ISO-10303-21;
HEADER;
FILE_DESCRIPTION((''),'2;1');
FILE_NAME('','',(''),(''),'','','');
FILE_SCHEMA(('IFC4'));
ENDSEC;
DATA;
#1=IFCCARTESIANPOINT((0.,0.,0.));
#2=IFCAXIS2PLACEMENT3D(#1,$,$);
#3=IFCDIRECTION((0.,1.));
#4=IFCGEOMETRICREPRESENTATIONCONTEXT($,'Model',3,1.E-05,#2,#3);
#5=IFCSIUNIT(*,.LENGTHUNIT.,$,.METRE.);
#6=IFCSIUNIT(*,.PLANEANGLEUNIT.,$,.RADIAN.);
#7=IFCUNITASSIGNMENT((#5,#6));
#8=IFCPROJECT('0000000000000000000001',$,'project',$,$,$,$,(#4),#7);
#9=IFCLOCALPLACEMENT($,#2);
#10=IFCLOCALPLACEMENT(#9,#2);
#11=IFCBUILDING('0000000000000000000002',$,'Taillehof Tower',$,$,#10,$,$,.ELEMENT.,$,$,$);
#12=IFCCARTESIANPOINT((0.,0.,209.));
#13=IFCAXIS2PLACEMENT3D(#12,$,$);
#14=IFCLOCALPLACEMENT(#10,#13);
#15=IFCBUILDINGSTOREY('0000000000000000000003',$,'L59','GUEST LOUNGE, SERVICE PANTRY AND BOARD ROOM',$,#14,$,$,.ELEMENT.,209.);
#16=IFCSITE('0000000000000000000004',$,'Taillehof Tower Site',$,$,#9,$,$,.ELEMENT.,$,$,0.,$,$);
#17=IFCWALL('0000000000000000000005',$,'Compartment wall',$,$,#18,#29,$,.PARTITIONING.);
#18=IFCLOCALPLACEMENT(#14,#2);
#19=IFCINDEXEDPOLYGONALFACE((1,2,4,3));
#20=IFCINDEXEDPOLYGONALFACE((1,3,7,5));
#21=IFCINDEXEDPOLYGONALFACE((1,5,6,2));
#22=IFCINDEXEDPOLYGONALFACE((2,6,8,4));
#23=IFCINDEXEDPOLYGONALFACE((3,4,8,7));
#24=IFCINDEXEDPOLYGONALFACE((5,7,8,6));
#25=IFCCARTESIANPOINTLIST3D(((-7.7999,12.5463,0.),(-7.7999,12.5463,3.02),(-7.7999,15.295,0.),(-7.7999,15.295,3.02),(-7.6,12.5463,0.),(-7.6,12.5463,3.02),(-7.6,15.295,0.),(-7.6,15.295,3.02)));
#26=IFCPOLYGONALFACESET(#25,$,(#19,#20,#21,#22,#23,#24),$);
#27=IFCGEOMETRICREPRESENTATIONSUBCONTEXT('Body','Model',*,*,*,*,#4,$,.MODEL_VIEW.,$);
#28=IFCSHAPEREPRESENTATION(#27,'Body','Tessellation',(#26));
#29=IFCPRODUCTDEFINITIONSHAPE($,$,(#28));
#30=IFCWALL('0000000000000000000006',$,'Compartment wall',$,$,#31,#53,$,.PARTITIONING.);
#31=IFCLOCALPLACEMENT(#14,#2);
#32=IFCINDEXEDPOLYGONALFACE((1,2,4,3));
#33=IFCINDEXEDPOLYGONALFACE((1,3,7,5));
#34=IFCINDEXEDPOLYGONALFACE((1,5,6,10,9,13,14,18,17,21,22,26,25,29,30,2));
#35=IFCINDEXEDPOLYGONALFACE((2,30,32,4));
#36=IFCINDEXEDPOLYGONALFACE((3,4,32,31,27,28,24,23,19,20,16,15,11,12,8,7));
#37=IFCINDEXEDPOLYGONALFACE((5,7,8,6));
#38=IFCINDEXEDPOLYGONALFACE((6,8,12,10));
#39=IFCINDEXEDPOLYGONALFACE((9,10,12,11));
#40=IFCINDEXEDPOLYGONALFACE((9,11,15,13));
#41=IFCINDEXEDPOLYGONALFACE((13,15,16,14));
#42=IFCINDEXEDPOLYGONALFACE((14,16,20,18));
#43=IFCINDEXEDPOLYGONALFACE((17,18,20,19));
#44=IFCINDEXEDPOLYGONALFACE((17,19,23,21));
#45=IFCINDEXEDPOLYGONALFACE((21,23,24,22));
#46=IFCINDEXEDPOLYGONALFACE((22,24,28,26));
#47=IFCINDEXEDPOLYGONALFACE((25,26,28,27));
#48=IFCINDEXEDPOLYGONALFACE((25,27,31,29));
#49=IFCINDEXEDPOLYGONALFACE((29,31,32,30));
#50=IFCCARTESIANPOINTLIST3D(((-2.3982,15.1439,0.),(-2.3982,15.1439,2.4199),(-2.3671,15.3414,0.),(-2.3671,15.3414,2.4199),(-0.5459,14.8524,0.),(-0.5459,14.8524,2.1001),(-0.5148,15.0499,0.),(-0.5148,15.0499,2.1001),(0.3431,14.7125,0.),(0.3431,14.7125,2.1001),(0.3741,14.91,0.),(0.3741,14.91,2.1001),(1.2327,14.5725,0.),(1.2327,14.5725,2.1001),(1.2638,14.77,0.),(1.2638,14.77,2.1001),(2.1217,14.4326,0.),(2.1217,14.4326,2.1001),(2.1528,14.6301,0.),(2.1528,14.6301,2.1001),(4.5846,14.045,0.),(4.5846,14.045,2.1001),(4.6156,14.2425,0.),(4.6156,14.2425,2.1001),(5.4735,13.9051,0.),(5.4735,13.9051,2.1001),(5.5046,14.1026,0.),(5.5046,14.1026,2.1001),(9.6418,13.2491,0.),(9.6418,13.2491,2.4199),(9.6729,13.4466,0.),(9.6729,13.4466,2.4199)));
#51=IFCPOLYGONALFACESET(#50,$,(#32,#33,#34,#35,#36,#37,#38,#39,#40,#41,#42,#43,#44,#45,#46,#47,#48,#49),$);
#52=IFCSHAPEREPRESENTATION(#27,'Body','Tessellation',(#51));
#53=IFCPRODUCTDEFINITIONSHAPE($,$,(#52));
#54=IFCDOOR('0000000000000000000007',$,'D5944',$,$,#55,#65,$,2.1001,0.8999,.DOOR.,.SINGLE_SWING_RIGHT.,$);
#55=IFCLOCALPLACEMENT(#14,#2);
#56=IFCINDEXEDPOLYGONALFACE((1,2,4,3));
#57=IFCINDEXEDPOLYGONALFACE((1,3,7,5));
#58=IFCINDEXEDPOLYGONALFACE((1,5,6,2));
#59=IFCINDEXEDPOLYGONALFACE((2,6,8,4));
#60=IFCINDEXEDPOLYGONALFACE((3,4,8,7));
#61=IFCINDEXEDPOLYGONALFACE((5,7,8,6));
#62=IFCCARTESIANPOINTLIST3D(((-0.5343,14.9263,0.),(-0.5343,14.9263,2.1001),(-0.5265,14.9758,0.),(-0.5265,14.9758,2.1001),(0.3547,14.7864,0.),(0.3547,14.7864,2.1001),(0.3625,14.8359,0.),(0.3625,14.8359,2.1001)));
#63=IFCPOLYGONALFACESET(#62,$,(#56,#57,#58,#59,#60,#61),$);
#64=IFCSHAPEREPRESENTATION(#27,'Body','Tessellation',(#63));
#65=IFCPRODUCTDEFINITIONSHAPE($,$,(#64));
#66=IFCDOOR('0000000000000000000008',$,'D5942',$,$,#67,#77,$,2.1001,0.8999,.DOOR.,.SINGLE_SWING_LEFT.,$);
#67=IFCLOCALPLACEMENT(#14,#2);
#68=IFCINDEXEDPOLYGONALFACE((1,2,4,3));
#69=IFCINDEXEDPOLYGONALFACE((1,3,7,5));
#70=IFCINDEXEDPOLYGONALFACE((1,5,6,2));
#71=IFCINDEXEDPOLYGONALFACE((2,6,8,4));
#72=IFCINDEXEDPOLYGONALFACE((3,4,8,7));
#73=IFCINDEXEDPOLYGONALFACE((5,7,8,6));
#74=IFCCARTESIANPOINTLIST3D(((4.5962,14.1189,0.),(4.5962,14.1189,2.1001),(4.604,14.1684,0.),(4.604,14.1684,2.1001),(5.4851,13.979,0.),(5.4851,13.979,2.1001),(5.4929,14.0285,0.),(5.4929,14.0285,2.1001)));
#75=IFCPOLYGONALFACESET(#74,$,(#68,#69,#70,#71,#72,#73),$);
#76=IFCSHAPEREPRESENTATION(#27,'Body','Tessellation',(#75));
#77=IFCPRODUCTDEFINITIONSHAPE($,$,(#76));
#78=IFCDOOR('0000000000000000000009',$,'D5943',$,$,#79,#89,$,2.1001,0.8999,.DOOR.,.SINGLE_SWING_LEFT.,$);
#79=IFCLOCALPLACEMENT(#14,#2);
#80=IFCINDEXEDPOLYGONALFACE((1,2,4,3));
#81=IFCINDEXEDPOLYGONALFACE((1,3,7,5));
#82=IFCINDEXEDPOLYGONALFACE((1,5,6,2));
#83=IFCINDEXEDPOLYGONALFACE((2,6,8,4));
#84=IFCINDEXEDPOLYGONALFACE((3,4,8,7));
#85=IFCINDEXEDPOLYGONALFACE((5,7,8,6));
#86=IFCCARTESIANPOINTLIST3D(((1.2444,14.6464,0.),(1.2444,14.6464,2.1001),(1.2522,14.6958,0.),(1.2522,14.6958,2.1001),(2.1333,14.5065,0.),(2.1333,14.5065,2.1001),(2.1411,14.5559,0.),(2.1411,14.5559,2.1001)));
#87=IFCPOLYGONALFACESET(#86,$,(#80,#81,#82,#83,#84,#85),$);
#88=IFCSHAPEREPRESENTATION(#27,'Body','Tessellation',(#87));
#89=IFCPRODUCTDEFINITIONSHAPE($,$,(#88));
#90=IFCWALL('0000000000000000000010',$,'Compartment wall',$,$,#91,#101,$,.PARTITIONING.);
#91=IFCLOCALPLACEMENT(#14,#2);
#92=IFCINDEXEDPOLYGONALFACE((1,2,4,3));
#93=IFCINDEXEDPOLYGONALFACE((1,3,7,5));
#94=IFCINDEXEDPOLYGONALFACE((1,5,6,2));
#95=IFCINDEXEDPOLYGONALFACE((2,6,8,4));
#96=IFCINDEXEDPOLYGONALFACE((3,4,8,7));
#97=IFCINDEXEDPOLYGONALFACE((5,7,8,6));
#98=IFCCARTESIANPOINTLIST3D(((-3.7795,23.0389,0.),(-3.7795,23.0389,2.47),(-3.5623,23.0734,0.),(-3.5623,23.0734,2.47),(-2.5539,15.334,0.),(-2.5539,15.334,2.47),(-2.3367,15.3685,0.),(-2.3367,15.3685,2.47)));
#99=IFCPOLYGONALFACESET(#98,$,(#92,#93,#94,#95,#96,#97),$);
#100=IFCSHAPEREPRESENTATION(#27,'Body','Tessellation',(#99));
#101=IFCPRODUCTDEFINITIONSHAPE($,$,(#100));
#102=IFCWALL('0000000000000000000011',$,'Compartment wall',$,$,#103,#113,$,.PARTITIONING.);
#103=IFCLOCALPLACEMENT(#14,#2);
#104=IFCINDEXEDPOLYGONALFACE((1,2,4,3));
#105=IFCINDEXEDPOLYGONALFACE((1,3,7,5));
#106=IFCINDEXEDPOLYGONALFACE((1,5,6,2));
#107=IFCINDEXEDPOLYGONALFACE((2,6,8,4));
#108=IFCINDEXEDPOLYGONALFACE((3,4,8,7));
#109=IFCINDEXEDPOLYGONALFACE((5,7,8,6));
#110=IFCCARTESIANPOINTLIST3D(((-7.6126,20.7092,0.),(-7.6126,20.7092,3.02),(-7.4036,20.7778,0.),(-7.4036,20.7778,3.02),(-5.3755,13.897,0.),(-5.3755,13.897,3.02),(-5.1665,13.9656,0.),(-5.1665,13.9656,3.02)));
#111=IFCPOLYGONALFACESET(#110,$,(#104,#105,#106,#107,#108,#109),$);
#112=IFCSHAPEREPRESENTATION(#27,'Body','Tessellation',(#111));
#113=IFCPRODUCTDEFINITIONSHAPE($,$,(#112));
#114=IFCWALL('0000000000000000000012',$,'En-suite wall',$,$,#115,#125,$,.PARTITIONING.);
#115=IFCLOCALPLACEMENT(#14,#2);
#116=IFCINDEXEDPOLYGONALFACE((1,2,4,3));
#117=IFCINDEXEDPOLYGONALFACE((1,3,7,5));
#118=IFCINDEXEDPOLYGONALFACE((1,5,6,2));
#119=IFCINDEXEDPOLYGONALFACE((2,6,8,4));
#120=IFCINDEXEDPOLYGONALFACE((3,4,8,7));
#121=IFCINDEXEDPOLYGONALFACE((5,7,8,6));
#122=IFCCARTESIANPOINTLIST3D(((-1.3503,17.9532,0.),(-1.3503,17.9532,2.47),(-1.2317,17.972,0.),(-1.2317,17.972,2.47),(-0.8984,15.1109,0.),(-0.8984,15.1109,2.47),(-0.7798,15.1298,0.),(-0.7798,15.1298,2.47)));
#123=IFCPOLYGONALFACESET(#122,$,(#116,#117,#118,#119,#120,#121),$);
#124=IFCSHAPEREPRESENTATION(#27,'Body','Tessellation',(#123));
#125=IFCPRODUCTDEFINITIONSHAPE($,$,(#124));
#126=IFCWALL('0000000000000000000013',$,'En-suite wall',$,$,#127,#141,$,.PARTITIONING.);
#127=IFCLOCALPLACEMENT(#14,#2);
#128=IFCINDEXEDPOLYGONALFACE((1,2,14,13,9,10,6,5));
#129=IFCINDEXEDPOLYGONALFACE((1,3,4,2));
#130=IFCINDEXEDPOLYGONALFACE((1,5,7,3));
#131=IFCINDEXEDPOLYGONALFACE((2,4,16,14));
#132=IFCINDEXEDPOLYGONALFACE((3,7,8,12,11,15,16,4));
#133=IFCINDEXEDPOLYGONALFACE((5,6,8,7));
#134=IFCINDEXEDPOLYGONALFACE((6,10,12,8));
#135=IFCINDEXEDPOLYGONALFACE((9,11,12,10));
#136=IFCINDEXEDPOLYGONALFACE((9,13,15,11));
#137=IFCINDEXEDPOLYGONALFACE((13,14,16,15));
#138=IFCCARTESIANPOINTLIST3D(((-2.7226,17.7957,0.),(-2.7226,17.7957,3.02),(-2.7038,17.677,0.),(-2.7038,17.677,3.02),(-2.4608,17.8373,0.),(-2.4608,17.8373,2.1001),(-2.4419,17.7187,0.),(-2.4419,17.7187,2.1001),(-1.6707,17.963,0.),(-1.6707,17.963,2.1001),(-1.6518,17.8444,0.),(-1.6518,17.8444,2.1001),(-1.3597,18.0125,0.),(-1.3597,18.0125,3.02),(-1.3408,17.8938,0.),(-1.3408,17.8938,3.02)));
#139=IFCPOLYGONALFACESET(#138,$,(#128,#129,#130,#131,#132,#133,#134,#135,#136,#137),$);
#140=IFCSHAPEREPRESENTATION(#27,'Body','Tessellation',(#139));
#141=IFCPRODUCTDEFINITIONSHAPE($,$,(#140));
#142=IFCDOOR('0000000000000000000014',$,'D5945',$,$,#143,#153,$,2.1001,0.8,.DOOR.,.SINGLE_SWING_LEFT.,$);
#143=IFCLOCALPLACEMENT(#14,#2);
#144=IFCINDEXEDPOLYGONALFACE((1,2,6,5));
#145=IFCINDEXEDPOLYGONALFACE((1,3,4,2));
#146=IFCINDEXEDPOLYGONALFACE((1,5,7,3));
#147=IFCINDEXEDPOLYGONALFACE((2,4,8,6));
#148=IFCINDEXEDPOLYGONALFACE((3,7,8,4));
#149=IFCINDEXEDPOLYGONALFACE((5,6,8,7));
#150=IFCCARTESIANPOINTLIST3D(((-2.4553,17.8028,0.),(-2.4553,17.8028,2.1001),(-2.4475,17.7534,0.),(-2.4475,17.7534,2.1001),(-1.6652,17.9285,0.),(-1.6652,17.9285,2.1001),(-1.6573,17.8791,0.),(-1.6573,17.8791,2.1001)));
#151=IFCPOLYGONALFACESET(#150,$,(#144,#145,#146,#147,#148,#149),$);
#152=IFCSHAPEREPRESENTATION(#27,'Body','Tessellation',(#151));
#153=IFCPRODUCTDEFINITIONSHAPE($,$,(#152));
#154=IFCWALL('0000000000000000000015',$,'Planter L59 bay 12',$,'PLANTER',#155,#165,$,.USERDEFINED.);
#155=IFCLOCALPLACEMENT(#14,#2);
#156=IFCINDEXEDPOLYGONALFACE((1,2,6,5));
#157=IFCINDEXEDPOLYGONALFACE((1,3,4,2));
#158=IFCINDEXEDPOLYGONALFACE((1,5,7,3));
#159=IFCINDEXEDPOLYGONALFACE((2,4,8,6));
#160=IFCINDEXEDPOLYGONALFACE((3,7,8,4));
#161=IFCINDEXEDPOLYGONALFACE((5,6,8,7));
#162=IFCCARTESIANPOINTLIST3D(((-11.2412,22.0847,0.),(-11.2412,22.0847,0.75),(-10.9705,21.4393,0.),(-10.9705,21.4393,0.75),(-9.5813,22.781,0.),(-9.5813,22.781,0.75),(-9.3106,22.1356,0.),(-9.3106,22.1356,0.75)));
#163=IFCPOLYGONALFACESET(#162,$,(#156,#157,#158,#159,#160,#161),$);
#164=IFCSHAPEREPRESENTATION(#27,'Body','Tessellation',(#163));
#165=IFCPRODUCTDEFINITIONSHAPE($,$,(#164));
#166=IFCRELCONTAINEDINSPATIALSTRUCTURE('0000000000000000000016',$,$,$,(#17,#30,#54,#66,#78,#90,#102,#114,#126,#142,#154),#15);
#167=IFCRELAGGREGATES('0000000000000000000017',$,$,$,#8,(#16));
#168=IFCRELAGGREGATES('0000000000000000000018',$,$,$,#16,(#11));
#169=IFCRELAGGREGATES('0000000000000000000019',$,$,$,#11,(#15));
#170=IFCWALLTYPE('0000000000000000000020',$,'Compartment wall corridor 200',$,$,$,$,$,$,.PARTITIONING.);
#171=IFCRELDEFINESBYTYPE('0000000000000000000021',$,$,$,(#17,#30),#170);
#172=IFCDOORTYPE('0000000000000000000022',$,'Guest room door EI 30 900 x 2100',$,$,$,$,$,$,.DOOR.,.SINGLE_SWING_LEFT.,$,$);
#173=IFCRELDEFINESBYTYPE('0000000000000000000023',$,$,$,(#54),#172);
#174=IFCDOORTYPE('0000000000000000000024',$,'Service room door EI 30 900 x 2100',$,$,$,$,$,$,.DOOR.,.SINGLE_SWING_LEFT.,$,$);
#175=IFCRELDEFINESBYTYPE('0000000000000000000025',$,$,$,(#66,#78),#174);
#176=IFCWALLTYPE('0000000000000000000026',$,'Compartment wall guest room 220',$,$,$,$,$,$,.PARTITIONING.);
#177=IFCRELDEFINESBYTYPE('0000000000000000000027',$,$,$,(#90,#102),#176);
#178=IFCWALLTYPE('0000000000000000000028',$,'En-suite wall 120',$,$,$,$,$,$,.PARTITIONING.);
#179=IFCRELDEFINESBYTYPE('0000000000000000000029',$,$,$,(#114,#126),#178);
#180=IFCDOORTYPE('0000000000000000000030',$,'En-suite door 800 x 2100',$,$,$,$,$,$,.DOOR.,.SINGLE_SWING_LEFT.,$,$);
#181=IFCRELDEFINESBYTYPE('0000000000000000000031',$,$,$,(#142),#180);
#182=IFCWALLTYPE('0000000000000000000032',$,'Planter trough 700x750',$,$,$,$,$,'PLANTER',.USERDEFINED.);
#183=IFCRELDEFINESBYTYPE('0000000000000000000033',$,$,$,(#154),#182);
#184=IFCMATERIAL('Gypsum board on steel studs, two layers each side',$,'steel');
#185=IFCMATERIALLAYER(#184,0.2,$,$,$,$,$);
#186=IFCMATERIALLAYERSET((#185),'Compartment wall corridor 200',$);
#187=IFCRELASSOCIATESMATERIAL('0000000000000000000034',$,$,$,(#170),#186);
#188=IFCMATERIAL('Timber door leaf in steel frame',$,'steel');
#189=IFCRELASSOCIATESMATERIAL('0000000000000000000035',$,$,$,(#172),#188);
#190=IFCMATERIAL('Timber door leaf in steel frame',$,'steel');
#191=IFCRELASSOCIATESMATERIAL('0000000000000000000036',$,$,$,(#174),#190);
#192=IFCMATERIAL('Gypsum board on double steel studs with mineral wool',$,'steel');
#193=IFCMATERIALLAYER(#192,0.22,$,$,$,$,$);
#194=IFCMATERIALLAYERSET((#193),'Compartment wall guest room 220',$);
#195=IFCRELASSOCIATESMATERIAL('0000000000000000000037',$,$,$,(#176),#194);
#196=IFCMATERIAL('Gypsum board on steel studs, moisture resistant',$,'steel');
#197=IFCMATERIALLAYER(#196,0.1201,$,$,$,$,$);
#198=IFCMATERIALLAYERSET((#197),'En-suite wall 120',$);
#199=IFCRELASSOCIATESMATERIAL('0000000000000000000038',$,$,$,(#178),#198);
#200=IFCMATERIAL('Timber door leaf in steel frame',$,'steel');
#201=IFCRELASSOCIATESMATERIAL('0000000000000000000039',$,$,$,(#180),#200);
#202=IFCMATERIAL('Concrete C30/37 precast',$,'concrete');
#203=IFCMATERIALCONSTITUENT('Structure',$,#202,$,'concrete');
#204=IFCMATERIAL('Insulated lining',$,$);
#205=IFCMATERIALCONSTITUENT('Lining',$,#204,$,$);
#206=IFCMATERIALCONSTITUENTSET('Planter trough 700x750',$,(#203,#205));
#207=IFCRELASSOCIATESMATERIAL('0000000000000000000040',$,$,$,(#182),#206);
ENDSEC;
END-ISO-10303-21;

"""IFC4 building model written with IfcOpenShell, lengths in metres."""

from ifc_helpers import new_model, si_unit, direction, frame, frame_2d, origin, place, context, subcontext, project, spatial, rectangle, extrude, material, layer, layer_set, constituent, constituent_set, type_object, element, fill, save


model = new_model("IFC4")

# Units and contexts
model_context = context("Model", 3, precision=1e-05, world=origin(), true_north=direction((0.0, 1.0)))
body_context = subcontext(model_context, "Body", "Model", "MODEL_VIEW")
ifc_project = project(units=[si_unit("LENGTHUNIT", "METRE"), si_unit("PLANEANGLEUNIT", "RADIAN")], contexts=[model_context])

# Site, building, storey
site_placement = place(None, origin())
site = spatial("IfcSite", under=ifc_project, at=site_placement, Name="Taillehof Tower Site", CompositionType="ELEMENT", RefElevation=0.0)
building_placement = place(site_placement, origin())
building = spatial("IfcBuilding", under=site, at=building_placement, Name="Taillehof Tower", CompositionType="ELEMENT")
storey_placement = place(building_placement, frame((0.0, 0.0, 209.0)))
storey = spatial("IfcBuildingStorey", under=building, at=storey_placement, Name="L59", Description="GUEST LOUNGE, SERVICE PANTRY AND BOARD ROOM", CompositionType="ELEMENT", Elevation=209.0)

# Wall
ifc_material_1 = material(Name="Gypsum board on steel studs, two layers each side", Category="steel")
ifc_layer_1 = layer(ifc_material_1, 0.2)
ifc_layer_set_1 = layer_set([ifc_layer_1], Name="Compartment wall corridor 200")
wall_type_1 = type_object("IfcWallType", Name="Compartment wall corridor 200", PredefinedType="PARTITIONING", material=ifc_layer_set_1)
wall_1_placement = place(storey_placement, frame((-7.7, 15.2952, 0.0), z_axis=(0.0, 0.0, 1.0), x_axis=(0.0, -1.0, 0.0)))
element("IfcWall", 1, at=wall_1_placement, inside=storey, type_object=wall_type_1, Name="Compartment wall", PredefinedType="PARTITIONING", context=body_context, shape_type="SweptSolid", body=[
    extrude(rectangle(XDim=2.7488, YDim=0.2, at=frame_2d((1.3745, 0.0))), origin(), (0.0, 0.0, 1.0), 3.02),
])

# Wall, openings, doors
wall_2_placement = place(storey_placement, frame((-2.3828, 15.2427, 0.0), z_axis=(0.0, 0.0, 1.0), x_axis=(0.987842, -0.15546, 0.0)))
wall_2 = element("IfcWall", 2, at=wall_2_placement, inside=storey, type_object=wall_type_1, Name="Compartment wall", PredefinedType="PARTITIONING", context=body_context, shape_type="SweptSolid", body=[
    extrude(rectangle(XDim=12.1882, YDim=0.2, at=frame_2d((6.0942, 0.0))), origin(), (0.0, 0.0, 1.0), 2.4199),
])
opening_1_placement = place(wall_2_placement, frame((7.0688, 0.0, 0.0)))
opening_1 = element("IfcOpeningElement", 3, at=opening_1_placement, cuts=wall_2, PredefinedType="OPENING", context=body_context, shape_type="SweptSolid", body=[
    extrude(rectangle(XDim=0.8999, YDim=2.1001, at=frame_2d((0.45, 1.05))), frame((0.0, 0.1099, 0.0), z_axis=(0.0, -1.0, 0.0), x_axis=(1.0, 0.0, 0.0)), (0.0, 0.0, 1.0), 0.22),
])
opening_2_placement = place(wall_2_placement, frame((3.6758, 0.0, 0.0)))
opening_2 = element("IfcOpeningElement", 4, at=opening_2_placement, cuts=wall_2, PredefinedType="OPENING", context=body_context, shape_type="SweptSolid", body=[
    extrude(rectangle(XDim=0.8999, YDim=2.1001, at=frame_2d((0.45, 1.05))), frame((0.0, 0.1099, 0.0), z_axis=(0.0, -1.0, 0.0), x_axis=(1.0, 0.0, 0.0)), (0.0, 0.0, 1.0), 0.22),
])
opening_3_placement = place(wall_2_placement, frame((1.8752, 0.0, 0.0)))
opening_3 = element("IfcOpeningElement", 5, at=opening_3_placement, cuts=wall_2, PredefinedType="OPENING", context=body_context, shape_type="SweptSolid", body=[
    extrude(rectangle(XDim=0.8999, YDim=2.1001, at=frame_2d((0.45, 1.05))), frame((0.0, 0.1099, 0.0), z_axis=(0.0, -1.0, 0.0), x_axis=(1.0, 0.0, 0.0)), (0.0, 0.0, 1.0), 0.22),
])
ifc_material_2 = material(Name="Timber door leaf in steel frame", Category="steel")
door_type_1 = type_object("IfcDoorType", Name="Guest room door EI 30 900 x 2100", OperationType="SINGLE_SWING_LEFT", PredefinedType="DOOR", material=ifc_material_2)
door_1_placement = place(opening_3_placement, origin())
door_1 = element("IfcDoor", 6, at=door_1_placement, inside=storey, type_object=door_type_1, Name="D5944", OperationType="SINGLE_SWING_RIGHT", OverallHeight=2.1001, OverallWidth=0.8999, PredefinedType="DOOR", context=body_context, shape_type="SweptSolid", body=[
    extrude(rectangle(XDim=0.8999, YDim=2.1001, at=frame_2d((0.45, 1.05))), frame((0.0, 0.0249, 0.0), z_axis=(0.0, -1.0, 0.0), x_axis=(1.0, 0.0, 0.0)), (0.0, 0.0, 1.0), 0.05),
])
fill(opening_3, door_1)
ifc_material_3 = material(Name="Timber door leaf in steel frame", Category="steel")
door_type_2 = type_object("IfcDoorType", Name="Service room door EI 30 900 x 2100", OperationType="SINGLE_SWING_LEFT", PredefinedType="DOOR", material=ifc_material_3)
door_2_placement = place(opening_1_placement, origin())
door_2 = element("IfcDoor", 7, at=door_2_placement, inside=storey, type_object=door_type_2, Name="D5942", OperationType="SINGLE_SWING_LEFT", OverallHeight=2.1001, OverallWidth=0.8999, PredefinedType="DOOR", context=body_context, shape_type="SweptSolid", body=[
    extrude(rectangle(XDim=0.8999, YDim=2.1001, at=frame_2d((0.45, 1.05))), frame((0.0, 0.0249, 0.0), z_axis=(0.0, -1.0, 0.0), x_axis=(1.0, 0.0, 0.0)), (0.0, 0.0, 1.0), 0.05),
])
fill(opening_1, door_2)
door_3_placement = place(opening_2_placement, origin())
door_3 = element("IfcDoor", 8, at=door_3_placement, inside=storey, type_object=door_type_2, Name="D5943", OperationType="SINGLE_SWING_LEFT", OverallHeight=2.1001, OverallWidth=0.8999, PredefinedType="DOOR", context=body_context, shape_type="SweptSolid", body=[
    extrude(rectangle(XDim=0.8999, YDim=2.1001, at=frame_2d((0.45, 1.05))), frame((0.0, 0.0249, 0.0), z_axis=(0.0, -1.0, 0.0), x_axis=(1.0, 0.0, 0.0)), (0.0, 0.0, 1.0), 0.05),
])
fill(opening_2, door_3)

# Walls
ifc_material_4 = material(Name="Gypsum board on double steel studs with mineral wool", Category="steel")
ifc_layer_2 = layer(ifc_material_4, 0.22)
ifc_layer_set_2 = layer_set([ifc_layer_2], Name="Compartment wall guest room 220")
wall_type_2 = type_object("IfcWallType", Name="Compartment wall guest room 220", PredefinedType="PARTITIONING", material=ifc_layer_set_2)
wall_3_placement = place(storey_placement, frame((-3.6709, 23.0562, 0.0), z_axis=(0.0, 0.0, 1.0), x_axis=(0.157092, -0.987584, 0.0)))
element("IfcWall", 9, at=wall_3_placement, inside=storey, type_object=wall_type_2, Name="Compartment wall", PredefinedType="PARTITIONING", context=body_context, shape_type="SweptSolid", body=[
    extrude(rectangle(XDim=7.8018, YDim=0.22, at=frame_2d((3.9009, 0.0))), origin(), (0.0, 0.0, 1.0), 2.47),
])
wall_4_placement = place(storey_placement, frame((-7.5081, 20.7434, 0.0), z_axis=(0.0, 0.0, 1.0), x_axis=(0.311996, -0.950084, 0.0)))
element("IfcWall", 10, at=wall_4_placement, inside=storey, type_object=wall_type_2, Name="Compartment wall", PredefinedType="PARTITIONING", context=body_context, shape_type="SweptSolid", body=[
    extrude(rectangle(XDim=7.1702, YDim=0.22, at=frame_2d((3.585, 0.0))), origin(), (0.0, 0.0, 1.0), 3.02),
])
ifc_material_5 = material(Name="Gypsum board on steel studs, moisture resistant", Category="steel")
ifc_layer_3 = layer(ifc_material_5, 0.1201)
ifc_layer_set_3 = layer_set([ifc_layer_3], Name="En-suite wall 120")
wall_type_3 = type_object("IfcWallType", Name="En-suite wall 120", PredefinedType="PARTITIONING", material=ifc_layer_set_3)
wall_5_placement = place(storey_placement, frame((-0.8391, 15.1204, 0.0), z_axis=(0.0, 0.0, 1.0), x_axis=(-0.157021, 0.987595, 0.0)))
element("IfcWall", 11, at=wall_5_placement, inside=storey, type_object=wall_type_3, Name="En-suite wall", PredefinedType="PARTITIONING", context=body_context, shape_type="SweptSolid", body=[
    extrude(rectangle(XDim=2.8779, YDim=0.1201, at=frame_2d((1.439, 0.0))), origin(), (0.0, 0.0, 1.0), 2.47),
])

# Wall, opening, door
wall_6_placement = place(storey_placement, frame((-1.3503, 17.9531, 0.0), z_axis=(0.0, 0.0, 1.0), x_axis=(-0.987586, -0.15708, 0.0)))
wall_6 = element("IfcWall", 12, at=wall_6_placement, inside=storey, type_object=wall_type_3, Name="En-suite wall", PredefinedType="PARTITIONING", context=body_context, shape_type="SweptSolid", body=[
    extrude(rectangle(XDim=1.3801, YDim=0.1201, at=frame_2d((0.6899, 0.0))), origin(), (0.0, 0.0, 1.0), 3.02),
])
opening_4_placement = place(wall_6_placement, frame((0.3149, 0.0, 0.0)))
opening_4 = element("IfcOpeningElement", 13, at=opening_4_placement, cuts=wall_6, PredefinedType="OPENING", context=body_context, shape_type="SweptSolid", body=[
    extrude(rectangle(XDim=0.8, YDim=2.1001, at=frame_2d((0.3999, 1.05))), frame((0.0, 0.0701, 0.0), z_axis=(0.0, -1.0, 0.0), x_axis=(1.0, 0.0, 0.0)), (0.0, 0.0, 1.0), 0.1401),
])
ifc_material_6 = material(Name="Timber door leaf in steel frame", Category="steel")
door_type_3 = type_object("IfcDoorType", Name="En-suite door 800 x 2100", OperationType="SINGLE_SWING_LEFT", PredefinedType="DOOR", material=ifc_material_6)
door_4_placement = place(opening_4_placement, origin())
door_4 = element("IfcDoor", 14, at=door_4_placement, inside=storey, type_object=door_type_3, Name="D5945", OperationType="SINGLE_SWING_LEFT", OverallHeight=2.1001, OverallWidth=0.8, PredefinedType="DOOR", context=body_context, shape_type="SweptSolid", body=[
    extrude(rectangle(XDim=0.8, YDim=2.1001, at=frame_2d((0.3999, 1.05))), frame((0.0, 0.0249, 0.0), z_axis=(0.0, -1.0, 0.0), x_axis=(1.0, 0.0, 0.0)), (0.0, 0.0, 1.0), 0.05),
])
fill(opening_4, door_4)

# Wall
ifc_material_7 = material(Name="Concrete C30/37 precast", Category="concrete")
ifc_constituent_1 = constituent(ifc_material_7, Name="Structure", Category="concrete")
ifc_material_8 = material(Name="Insulated lining")
ifc_constituent_2 = constituent(ifc_material_8, Name="Lining")
ifc_constituent_set = constituent_set(constituents=[ifc_constituent_1, ifc_constituent_2], Name="Planter trough 700x750")
wall_type_4 = type_object("IfcWallType", Name="Planter trough 700x750", ElementType="PLANTER", PredefinedType="USERDEFINED", material=ifc_constituent_set)
wall_7_placement = place(storey_placement, frame((-9.446, 22.4583, 0.0), z_axis=(0.0, 0.0, 1.0), x_axis=(-0.922155, -0.38682, 0.0)))
element("IfcWall", 15, at=wall_7_placement, inside=storey, type_object=wall_type_4, Name="Planter L59 bay 12", ObjectType="PLANTER", PredefinedType="USERDEFINED", context=body_context, shape_type="SweptSolid", body=[
    extrude(rectangle(XDim=1.8, YDim=0.7, at=frame_2d((0.8999, 0.0))), origin(), (0.0, 0.0, 1.0), 0.75),
])

save(model, "model.ifc")
